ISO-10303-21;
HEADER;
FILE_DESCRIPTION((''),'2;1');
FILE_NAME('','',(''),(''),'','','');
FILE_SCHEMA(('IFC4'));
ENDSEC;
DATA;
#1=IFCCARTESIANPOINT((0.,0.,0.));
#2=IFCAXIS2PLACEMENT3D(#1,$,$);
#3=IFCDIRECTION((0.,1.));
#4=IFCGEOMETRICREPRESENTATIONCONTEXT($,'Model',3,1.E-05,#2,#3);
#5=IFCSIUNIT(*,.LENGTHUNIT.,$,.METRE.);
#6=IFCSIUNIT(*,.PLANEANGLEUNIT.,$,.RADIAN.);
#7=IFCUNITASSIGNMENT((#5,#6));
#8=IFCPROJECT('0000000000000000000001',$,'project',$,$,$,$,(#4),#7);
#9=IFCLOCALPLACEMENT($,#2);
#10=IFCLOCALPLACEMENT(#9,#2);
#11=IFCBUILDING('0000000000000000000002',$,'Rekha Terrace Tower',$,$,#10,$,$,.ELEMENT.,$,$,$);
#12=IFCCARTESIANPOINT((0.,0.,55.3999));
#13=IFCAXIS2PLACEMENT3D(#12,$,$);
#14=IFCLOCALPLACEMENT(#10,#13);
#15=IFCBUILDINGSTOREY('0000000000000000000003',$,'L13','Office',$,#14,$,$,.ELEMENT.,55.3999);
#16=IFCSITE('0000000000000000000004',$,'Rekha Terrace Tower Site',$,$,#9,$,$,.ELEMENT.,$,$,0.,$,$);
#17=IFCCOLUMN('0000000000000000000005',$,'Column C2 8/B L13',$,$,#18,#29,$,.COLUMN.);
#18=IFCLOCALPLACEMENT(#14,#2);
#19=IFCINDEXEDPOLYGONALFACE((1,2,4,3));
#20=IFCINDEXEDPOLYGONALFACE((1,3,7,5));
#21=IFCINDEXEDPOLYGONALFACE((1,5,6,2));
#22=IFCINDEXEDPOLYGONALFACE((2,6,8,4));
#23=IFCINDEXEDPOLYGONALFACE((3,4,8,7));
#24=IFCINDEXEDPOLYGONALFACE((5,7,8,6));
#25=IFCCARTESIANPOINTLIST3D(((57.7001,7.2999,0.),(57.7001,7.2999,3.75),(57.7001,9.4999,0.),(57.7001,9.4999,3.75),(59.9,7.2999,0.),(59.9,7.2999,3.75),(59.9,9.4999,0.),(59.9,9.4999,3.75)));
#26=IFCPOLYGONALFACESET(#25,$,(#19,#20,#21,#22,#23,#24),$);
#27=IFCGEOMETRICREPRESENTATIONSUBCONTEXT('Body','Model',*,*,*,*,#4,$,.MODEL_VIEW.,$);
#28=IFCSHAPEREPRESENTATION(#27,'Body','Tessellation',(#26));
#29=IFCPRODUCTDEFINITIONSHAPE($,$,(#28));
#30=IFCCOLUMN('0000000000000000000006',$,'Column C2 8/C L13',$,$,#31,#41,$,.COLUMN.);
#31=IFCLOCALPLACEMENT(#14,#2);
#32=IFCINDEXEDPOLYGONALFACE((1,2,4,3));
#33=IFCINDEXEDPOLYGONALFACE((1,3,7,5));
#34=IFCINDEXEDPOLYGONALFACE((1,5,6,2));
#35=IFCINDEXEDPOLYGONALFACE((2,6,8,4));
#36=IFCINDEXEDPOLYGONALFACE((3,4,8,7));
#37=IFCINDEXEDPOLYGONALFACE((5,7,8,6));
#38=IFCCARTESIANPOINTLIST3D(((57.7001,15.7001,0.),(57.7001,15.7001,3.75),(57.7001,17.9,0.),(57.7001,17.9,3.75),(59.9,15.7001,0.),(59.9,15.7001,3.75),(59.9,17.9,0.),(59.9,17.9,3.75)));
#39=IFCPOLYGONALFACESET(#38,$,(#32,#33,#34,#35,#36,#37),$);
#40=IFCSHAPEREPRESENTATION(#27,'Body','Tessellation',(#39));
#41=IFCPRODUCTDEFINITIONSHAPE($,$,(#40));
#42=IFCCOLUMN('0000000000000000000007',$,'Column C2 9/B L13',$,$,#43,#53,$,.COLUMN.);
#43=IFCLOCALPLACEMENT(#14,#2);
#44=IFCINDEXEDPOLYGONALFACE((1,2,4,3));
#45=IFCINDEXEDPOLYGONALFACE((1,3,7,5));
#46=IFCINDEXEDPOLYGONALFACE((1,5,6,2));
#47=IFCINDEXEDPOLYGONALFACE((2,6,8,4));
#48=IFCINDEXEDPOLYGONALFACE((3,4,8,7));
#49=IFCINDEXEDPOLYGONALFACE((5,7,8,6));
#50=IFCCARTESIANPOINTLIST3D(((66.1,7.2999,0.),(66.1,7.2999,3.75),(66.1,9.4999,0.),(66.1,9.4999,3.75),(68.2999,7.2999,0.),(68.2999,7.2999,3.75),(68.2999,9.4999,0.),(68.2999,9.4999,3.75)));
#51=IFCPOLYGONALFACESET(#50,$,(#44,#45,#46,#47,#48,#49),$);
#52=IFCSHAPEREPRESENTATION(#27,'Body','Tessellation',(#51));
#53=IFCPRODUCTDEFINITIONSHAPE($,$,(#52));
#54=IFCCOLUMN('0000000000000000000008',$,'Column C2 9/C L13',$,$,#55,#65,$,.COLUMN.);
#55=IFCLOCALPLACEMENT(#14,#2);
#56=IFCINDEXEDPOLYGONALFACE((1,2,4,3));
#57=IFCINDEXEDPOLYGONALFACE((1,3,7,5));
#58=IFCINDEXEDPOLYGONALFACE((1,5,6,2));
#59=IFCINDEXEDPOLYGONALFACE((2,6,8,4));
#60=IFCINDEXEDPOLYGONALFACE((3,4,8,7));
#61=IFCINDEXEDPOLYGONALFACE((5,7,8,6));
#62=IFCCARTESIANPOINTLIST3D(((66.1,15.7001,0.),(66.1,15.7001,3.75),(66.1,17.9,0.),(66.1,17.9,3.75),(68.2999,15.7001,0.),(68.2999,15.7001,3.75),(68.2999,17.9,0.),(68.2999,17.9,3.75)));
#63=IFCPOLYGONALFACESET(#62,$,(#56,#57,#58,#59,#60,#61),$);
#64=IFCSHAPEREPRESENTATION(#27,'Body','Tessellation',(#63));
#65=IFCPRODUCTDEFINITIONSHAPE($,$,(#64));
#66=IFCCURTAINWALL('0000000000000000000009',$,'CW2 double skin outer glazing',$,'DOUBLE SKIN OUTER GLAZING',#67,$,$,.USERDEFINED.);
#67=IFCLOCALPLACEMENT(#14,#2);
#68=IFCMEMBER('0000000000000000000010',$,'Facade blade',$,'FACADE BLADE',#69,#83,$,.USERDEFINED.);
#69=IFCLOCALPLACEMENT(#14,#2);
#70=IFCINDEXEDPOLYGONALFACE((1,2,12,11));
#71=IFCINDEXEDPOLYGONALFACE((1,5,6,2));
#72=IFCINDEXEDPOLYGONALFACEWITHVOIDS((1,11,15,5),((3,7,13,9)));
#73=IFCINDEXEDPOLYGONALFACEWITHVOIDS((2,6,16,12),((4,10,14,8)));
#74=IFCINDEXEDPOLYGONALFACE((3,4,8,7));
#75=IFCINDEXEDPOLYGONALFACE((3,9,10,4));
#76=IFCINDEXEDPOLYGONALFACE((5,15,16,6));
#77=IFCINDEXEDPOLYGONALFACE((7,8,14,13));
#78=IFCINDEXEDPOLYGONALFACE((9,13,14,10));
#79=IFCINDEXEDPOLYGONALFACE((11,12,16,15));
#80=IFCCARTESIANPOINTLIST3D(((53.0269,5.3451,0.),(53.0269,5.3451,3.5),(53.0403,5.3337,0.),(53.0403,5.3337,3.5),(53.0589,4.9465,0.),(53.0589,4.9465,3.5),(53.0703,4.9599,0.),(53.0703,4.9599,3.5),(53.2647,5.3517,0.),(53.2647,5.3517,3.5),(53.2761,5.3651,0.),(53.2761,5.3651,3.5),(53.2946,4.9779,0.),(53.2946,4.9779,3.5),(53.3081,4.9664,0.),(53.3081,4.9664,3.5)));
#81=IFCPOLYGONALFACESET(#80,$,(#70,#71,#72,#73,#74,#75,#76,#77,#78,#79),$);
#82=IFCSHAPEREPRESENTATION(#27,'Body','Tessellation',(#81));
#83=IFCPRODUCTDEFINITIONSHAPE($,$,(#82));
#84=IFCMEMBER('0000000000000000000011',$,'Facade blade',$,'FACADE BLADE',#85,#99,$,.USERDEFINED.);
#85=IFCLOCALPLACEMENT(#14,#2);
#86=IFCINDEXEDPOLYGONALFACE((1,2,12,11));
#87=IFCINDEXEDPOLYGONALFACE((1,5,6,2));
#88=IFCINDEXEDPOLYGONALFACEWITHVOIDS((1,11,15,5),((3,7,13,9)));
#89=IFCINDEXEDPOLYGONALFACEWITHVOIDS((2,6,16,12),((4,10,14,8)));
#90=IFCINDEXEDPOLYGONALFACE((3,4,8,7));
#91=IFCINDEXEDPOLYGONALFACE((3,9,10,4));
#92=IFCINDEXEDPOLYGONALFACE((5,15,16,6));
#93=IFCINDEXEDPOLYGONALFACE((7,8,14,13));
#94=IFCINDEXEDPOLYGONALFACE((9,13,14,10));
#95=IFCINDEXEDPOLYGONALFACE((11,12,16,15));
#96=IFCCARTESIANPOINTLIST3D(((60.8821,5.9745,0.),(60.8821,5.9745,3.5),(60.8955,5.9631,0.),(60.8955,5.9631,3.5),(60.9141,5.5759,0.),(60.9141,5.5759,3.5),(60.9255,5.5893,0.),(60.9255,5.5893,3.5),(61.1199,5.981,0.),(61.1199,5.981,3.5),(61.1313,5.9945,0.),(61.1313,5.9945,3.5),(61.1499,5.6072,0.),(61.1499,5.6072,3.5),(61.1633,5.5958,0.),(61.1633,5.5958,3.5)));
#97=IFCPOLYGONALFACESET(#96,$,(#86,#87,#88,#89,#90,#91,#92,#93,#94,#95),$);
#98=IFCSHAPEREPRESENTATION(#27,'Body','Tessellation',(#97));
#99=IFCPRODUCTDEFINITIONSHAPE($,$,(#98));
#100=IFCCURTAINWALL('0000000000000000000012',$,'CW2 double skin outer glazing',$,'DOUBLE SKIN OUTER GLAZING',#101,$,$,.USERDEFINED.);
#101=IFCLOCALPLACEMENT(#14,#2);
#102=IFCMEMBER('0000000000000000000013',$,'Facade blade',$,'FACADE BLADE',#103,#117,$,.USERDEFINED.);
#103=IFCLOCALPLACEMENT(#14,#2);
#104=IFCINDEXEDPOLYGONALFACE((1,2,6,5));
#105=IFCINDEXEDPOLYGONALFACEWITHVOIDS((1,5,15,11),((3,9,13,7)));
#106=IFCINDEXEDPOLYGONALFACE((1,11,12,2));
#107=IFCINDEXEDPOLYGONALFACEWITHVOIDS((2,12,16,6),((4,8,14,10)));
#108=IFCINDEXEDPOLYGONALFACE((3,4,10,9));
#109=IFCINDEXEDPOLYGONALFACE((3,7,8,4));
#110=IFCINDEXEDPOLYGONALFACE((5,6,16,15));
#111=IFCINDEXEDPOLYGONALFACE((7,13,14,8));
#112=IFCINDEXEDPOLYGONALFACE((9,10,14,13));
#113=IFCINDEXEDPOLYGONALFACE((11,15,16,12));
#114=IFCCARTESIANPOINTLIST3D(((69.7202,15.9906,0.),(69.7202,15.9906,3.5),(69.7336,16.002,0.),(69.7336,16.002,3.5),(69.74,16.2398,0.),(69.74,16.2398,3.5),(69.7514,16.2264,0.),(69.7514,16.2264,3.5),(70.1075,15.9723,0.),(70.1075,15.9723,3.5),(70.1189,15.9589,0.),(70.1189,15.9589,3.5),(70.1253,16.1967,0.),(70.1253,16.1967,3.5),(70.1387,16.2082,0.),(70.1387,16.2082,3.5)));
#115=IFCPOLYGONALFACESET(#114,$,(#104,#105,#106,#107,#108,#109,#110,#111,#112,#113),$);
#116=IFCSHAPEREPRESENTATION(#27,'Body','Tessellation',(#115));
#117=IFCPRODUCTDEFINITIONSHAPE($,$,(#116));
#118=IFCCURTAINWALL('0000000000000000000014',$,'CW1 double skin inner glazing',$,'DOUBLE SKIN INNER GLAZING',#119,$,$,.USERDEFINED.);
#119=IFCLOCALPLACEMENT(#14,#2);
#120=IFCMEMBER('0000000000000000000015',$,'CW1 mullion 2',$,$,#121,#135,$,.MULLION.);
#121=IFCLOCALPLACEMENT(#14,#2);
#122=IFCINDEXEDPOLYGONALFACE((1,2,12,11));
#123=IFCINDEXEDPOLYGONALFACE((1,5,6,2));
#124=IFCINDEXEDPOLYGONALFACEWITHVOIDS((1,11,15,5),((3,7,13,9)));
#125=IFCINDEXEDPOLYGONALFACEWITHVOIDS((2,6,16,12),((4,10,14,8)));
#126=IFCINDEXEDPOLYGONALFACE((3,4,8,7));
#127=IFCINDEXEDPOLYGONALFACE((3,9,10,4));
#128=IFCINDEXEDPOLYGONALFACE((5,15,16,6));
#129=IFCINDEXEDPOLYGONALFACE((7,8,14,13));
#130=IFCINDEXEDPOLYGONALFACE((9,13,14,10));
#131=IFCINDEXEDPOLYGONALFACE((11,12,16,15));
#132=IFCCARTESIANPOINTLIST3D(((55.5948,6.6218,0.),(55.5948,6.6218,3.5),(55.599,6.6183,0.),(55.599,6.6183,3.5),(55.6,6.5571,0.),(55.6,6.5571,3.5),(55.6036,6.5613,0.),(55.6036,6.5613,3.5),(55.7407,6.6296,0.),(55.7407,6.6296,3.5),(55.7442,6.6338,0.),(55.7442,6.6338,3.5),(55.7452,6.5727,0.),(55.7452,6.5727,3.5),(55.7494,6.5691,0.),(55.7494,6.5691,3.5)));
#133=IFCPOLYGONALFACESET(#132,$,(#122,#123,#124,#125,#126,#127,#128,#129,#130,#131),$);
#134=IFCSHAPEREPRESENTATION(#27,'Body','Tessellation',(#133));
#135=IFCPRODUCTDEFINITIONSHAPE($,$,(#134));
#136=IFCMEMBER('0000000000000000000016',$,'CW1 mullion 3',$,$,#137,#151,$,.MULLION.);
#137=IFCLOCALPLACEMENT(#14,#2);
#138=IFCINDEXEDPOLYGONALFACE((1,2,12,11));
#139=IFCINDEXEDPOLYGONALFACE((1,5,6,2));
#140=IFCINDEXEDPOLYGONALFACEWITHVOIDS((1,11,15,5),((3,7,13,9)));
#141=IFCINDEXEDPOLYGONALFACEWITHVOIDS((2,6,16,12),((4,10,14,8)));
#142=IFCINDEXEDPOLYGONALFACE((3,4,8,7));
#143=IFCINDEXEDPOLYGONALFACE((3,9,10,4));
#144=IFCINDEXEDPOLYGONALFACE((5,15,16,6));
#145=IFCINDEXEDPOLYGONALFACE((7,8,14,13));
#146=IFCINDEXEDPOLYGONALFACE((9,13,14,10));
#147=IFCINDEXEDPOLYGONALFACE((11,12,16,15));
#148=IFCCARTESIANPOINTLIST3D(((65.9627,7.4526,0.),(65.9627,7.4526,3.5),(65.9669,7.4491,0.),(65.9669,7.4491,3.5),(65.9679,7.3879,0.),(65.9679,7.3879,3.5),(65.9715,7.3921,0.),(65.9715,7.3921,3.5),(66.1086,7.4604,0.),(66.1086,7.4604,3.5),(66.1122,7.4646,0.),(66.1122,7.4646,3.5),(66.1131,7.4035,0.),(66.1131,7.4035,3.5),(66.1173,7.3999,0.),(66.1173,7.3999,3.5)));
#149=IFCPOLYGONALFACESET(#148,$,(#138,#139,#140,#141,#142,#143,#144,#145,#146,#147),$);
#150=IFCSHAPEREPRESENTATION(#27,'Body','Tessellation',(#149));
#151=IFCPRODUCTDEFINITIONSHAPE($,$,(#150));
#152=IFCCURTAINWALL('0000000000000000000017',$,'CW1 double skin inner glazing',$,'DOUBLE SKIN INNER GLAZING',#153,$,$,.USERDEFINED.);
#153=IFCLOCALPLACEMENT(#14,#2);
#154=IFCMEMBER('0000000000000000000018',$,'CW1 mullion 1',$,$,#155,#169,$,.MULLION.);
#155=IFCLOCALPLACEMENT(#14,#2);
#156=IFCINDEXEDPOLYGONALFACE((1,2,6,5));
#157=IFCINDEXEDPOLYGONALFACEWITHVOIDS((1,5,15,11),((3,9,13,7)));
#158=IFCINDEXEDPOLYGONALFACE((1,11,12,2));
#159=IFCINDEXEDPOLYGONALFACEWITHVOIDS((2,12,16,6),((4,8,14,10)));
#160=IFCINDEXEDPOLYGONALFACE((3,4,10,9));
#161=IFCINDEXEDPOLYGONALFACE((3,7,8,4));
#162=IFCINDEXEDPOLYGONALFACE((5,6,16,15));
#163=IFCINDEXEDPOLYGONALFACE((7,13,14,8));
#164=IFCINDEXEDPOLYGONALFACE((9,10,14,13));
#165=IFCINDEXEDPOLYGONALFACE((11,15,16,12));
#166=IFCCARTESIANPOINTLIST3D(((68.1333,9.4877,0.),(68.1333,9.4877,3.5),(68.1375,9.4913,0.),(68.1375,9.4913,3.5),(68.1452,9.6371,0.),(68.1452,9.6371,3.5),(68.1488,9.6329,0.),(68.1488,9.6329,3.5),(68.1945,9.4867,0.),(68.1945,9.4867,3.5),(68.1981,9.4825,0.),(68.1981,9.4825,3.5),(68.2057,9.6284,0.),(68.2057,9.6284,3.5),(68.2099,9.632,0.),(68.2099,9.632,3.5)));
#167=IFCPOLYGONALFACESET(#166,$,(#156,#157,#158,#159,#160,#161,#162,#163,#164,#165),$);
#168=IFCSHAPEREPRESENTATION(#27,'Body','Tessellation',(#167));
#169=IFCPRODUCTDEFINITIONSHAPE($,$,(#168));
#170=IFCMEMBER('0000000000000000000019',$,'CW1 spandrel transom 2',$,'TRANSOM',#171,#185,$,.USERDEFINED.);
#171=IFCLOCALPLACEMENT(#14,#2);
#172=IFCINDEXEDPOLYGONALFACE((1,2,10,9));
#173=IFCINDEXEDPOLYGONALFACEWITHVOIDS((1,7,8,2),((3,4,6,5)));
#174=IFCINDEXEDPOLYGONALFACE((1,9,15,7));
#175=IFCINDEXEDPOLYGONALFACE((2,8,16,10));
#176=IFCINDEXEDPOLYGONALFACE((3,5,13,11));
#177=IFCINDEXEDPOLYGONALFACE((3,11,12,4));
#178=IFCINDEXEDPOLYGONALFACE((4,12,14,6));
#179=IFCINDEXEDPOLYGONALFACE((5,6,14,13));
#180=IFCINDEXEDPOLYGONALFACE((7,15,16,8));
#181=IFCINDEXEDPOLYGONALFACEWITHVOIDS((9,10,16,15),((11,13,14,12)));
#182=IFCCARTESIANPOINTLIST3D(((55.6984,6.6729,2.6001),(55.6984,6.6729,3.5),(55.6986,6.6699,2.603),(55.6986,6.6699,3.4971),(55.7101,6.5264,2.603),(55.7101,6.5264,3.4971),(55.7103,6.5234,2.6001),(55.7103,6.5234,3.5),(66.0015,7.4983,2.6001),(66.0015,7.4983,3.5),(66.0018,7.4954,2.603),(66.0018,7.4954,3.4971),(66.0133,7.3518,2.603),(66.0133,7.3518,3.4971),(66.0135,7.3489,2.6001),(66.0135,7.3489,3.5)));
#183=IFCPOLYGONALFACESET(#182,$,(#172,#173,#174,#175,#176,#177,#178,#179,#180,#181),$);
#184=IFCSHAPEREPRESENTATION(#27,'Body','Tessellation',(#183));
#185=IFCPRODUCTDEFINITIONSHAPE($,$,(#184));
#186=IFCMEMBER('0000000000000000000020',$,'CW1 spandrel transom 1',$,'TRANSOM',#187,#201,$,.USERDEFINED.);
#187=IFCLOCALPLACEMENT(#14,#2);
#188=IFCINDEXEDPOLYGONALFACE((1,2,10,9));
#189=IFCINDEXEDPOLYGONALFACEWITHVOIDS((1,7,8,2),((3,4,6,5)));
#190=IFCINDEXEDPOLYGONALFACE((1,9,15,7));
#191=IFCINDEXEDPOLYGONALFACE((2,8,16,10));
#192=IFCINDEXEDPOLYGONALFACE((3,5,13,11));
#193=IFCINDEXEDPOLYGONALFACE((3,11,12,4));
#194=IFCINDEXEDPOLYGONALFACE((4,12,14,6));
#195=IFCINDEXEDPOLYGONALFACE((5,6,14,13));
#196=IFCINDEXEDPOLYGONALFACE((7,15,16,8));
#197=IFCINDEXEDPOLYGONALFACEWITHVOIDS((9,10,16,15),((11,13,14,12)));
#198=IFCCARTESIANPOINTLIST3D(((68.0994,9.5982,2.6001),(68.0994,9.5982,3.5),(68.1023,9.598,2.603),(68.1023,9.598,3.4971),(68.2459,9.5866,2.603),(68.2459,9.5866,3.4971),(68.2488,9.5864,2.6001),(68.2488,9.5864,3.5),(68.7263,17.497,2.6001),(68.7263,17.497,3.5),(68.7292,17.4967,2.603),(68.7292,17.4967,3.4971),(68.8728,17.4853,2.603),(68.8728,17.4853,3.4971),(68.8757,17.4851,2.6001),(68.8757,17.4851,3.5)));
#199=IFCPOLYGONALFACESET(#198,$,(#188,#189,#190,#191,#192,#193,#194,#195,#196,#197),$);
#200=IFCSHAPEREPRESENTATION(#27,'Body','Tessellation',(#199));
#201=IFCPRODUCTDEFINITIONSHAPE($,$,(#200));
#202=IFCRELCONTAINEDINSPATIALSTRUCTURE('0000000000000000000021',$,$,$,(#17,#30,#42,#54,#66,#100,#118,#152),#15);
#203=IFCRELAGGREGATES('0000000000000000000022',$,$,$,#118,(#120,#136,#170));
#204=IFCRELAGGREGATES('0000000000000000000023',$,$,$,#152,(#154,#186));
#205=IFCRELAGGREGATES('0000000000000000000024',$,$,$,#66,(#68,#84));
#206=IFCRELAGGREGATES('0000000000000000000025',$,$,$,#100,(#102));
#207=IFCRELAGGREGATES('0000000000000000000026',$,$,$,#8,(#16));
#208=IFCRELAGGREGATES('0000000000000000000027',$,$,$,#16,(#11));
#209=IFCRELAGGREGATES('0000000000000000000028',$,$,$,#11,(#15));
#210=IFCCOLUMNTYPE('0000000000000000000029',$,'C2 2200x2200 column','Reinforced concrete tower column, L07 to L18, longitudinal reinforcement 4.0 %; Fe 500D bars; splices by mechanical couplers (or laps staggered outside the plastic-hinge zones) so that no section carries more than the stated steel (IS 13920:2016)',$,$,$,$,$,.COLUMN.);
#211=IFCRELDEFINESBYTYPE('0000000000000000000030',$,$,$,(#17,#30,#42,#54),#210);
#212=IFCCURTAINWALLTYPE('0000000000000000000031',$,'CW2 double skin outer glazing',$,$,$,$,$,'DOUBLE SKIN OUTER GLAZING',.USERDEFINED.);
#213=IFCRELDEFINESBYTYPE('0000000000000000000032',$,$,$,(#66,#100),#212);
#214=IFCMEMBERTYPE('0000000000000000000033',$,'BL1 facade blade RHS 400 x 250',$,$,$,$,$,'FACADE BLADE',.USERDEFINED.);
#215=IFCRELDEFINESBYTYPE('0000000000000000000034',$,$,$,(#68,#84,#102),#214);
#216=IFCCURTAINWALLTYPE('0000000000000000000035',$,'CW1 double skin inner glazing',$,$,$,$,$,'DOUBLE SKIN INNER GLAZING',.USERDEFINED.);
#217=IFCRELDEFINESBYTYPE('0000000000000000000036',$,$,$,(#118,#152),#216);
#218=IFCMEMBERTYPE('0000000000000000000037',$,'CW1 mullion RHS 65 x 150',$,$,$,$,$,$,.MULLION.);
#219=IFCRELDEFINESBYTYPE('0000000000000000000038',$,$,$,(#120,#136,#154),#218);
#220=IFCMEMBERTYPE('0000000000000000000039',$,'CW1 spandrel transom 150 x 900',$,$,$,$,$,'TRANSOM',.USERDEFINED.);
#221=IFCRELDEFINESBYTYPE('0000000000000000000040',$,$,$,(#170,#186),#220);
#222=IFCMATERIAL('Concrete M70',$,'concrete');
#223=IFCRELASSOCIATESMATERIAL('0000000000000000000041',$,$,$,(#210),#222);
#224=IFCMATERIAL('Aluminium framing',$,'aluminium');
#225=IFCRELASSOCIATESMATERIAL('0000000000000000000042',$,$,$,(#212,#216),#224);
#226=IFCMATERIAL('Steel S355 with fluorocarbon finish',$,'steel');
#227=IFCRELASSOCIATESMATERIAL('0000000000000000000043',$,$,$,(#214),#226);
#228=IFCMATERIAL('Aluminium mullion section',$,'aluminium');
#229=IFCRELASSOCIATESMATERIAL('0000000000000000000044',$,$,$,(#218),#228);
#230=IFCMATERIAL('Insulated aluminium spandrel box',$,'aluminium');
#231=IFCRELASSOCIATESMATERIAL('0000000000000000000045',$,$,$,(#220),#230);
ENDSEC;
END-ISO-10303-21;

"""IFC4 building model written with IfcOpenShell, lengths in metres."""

from ifc_helpers import new_model, si_unit, direction, frame, origin, origin_2d, place, context, subcontext, project, spatial, rectangle, hollow_rectangle, extrude, material, material_profile, profile_set, type_object, element, aggregate, save


model = new_model("IFC4")

# Units and contexts
model_context = context("Model", 3, precision=1e-05, world=origin(), true_north=direction((0.0, 1.0)))
body_context = subcontext(model_context, "Body", "Model", "MODEL_VIEW")
ifc_project = project(units=[si_unit("LENGTHUNIT", "METRE"), si_unit("PLANEANGLEUNIT", "RADIAN")], contexts=[model_context])

# Site, building, storey
site_placement = place(None, origin())
site = spatial("IfcSite", under=ifc_project, at=site_placement, Name="Rekha Terrace Tower Site", CompositionType="ELEMENT", RefElevation=0.0)
building_placement = place(site_placement, origin())
building = spatial("IfcBuilding", under=site, at=building_placement, Name="Rekha Terrace Tower", CompositionType="ELEMENT")
storey_placement = place(building_placement, frame((0.0, 0.0, 55.3999)))
storey = spatial("IfcBuildingStorey", under=building, at=storey_placement, Name="L13", Description="Office", CompositionType="ELEMENT", Elevation=55.3999)

# Columns
ifc_material_1 = material(Name="Concrete M70", Category="concrete")
ifc_material_profile_1 = material_profile(ifc_material_1, rectangle(XDim=2.2, YDim=2.2, at=origin_2d()), Name="RC 2200x2200")
ifc_profile_set_1 = profile_set([ifc_material_profile_1], Name="Concrete M70")
column_type = type_object("IfcColumnType", Name="C2 2200x2200 column", Description="Reinforced concrete tower column, L07 to L18, longitudinal reinforcement 4.0 %; Fe 500D bars; splices by mechanical couplers (or laps staggered outside the plastic-hinge zones) so that no section carries more than the stated steel (IS 13920:2016)", PredefinedType="COLUMN", material=ifc_profile_set_1)
for number, where, z_axis, x_axis, name in (
    (1, (58.8, 8.3999, 0.0), (0.0, 0.0, 1.0), (1.0, 0.0, 0.0), "Column C2 8/B L13"),
    (2, (58.8, 16.8, 0.0), (0.0, 0.0, 1.0), (1.0, 0.0, 0.0), "Column C2 8/C L13"),
    (3, (67.2, 8.3999, 0.0), (0.0, 0.0, 1.0), (1.0, 0.0, 0.0), "Column C2 9/B L13"),
    (4, (67.2, 16.8, 0.0), (0.0, 0.0, 1.0), (1.0, 0.0, 0.0), "Column C2 9/C L13"),
):
    element("IfcColumn", number, at=place(storey_placement, frame(where, z_axis=z_axis, x_axis=x_axis)), inside=storey, type_object=column_type, Name=name, PredefinedType="COLUMN", context=body_context, shape_type="SweptSolid", body=[
        extrude(rectangle(XDim=2.2, YDim=2.2, at=origin_2d()), origin(), (0.0, 0.0, 1.0), 3.75),
    ])

# Curtain wall, members
ifc_material_2 = material(Name="Aluminium framing", Category="aluminium")
curtain_wall_type_1 = type_object("IfcCurtainWallType", Name="CW2 double skin outer glazing", ElementType="DOUBLE SKIN OUTER GLAZING", PredefinedType="USERDEFINED", material=ifc_material_2)
curtain_wall_1_placement = place(storey_placement, origin())
curtain_wall_1 = element("IfcCurtainWall", 5, at=curtain_wall_1_placement, inside=storey, type_object=curtain_wall_type_1, Name="CW2 double skin outer glazing", ObjectType="DOUBLE SKIN OUTER GLAZING", PredefinedType="USERDEFINED")
ifc_material_3 = material(Name="Steel S355 with fluorocarbon finish", Category="steel")
ifc_material_profile_2 = material_profile(ifc_material_3, hollow_rectangle(XDim=0.25, YDim=0.3999, WallThickness=0.0125, at=origin_2d()), Name="RHS400x250x12.5")
ifc_profile_set_2 = profile_set([ifc_material_profile_2], Name="Steel S355 with fluorocarbon finish")
member_type_1 = type_object("IfcMemberType", Name="BL1 facade blade RHS 400 x 250", ElementType="FACADE BLADE", PredefinedType="USERDEFINED", material=ifc_profile_set_2)
member_1_placement = place(storey_placement, frame((53.1675, 5.1558, 0.0), z_axis=(0.0, 0.0, 1.0), x_axis=(0.996805, 0.079872, 0.0)))
member_1 = element("IfcMember", 6, at=member_1_placement, type_object=member_type_1, Name="Facade blade", ObjectType="FACADE BLADE", PredefinedType="USERDEFINED", context=body_context, shape_type="SweptSolid", body=[
    extrude(hollow_rectangle(XDim=0.25, YDim=0.3999, WallThickness=0.0125, at=origin_2d()), origin(), (0.0, 0.0, 1.0), 3.5),
])
member_2_placement = place(storey_placement, frame((61.0227, 5.7852, 0.0), z_axis=(0.0, 0.0, 1.0), x_axis=(0.996805, 0.079872, 0.0)))
member_2 = element("IfcMember", 7, at=member_2_placement, type_object=member_type_1, Name="Facade blade", ObjectType="FACADE BLADE", PredefinedType="USERDEFINED", context=body_context, shape_type="SweptSolid", body=[
    extrude(hollow_rectangle(XDim=0.25, YDim=0.3999, WallThickness=0.0125, at=origin_2d()), origin(), (0.0, 0.0, 1.0), 3.5),
])

# Curtain wall, member
curtain_wall_2_placement = place(storey_placement, origin())
curtain_wall_2 = element("IfcCurtainWall", 8, at=curtain_wall_2_placement, inside=storey, type_object=curtain_wall_type_1, Name="CW2 double skin outer glazing", ObjectType="DOUBLE SKIN OUTER GLAZING", PredefinedType="USERDEFINED")
member_3_placement = place(storey_placement, frame((69.9294, 16.0994, 0.0), z_axis=(0.0, 0.0, 1.0), x_axis=(0.079117, 0.996865, 0.0)))
member_3 = element("IfcMember", 9, at=member_3_placement, type_object=member_type_1, Name="Facade blade", ObjectType="FACADE BLADE", PredefinedType="USERDEFINED", context=body_context, shape_type="SweptSolid", body=[
    extrude(hollow_rectangle(XDim=0.25, YDim=0.3999, WallThickness=0.0125, at=origin_2d()), origin(), (0.0, 0.0, 1.0), 3.5),
])

# Curtain wall, members
curtain_wall_type_2 = type_object("IfcCurtainWallType", Name="CW1 double skin inner glazing", ElementType="DOUBLE SKIN INNER GLAZING", PredefinedType="USERDEFINED", material=ifc_material_2)
curtain_wall_3_placement = place(storey_placement, origin())
curtain_wall_3 = element("IfcCurtainWall", 10, at=curtain_wall_3_placement, inside=storey, type_object=curtain_wall_type_2, Name="CW1 double skin inner glazing", ObjectType="DOUBLE SKIN INNER GLAZING", PredefinedType="USERDEFINED")
ifc_material_4 = material(Name="Aluminium mullion section", Category="aluminium")
ifc_material_profile_3 = material_profile(ifc_material_4, hollow_rectangle(XDim=0.0649, YDim=0.1499, WallThickness=0.0039, at=origin_2d()), Name="AL RHS 65x150")
ifc_profile_set_3 = profile_set([ifc_material_profile_3], Name="Aluminium mullion section")
member_type_2 = type_object("IfcMemberType", Name="CW1 mullion RHS 65 x 150", PredefinedType="MULLION", material=ifc_profile_set_3)
member_4_placement = place(storey_placement, frame((55.6721, 6.5955, 0.0), z_axis=(0.0, 0.0, 1.0), x_axis=(-0.079872, 0.996805, 0.0)))
member_4 = element("IfcMember", 11, at=member_4_placement, type_object=member_type_2, Name="CW1 mullion 2", PredefinedType="MULLION", context=body_context, shape_type="SweptSolid", body=[
    extrude(hollow_rectangle(XDim=0.0649, YDim=0.1499, WallThickness=0.0039, at=origin_2d()), origin(), (0.0, 0.0, 1.0), 3.5),
])
member_5_placement = place(storey_placement, frame((66.04, 7.4263, 0.0), z_axis=(0.0, 0.0, 1.0), x_axis=(-0.079872, 0.996805, 0.0)))
member_5 = element("IfcMember", 12, at=member_5_placement, type_object=member_type_2, Name="CW1 mullion 3", PredefinedType="MULLION", context=body_context, shape_type="SweptSolid", body=[
    extrude(hollow_rectangle(XDim=0.0649, YDim=0.1499, WallThickness=0.0039, at=origin_2d()), origin(), (0.0, 0.0, 1.0), 3.5),
])

# Curtain wall, member
curtain_wall_4_placement = place(storey_placement, origin())
curtain_wall_4 = element("IfcCurtainWall", 13, at=curtain_wall_4_placement, inside=storey, type_object=curtain_wall_type_2, Name="CW1 double skin inner glazing", ObjectType="DOUBLE SKIN INNER GLAZING", PredefinedType="USERDEFINED")
member_6_placement = place(storey_placement, frame((68.1716, 9.5598, 0.0), z_axis=(0.0, 0.0, 1.0), x_axis=(-0.996865, 0.079116, 0.0)))
member_6 = element("IfcMember", 14, at=member_6_placement, type_object=member_type_2, Name="CW1 mullion 1", PredefinedType="MULLION", context=body_context, shape_type="SweptSolid", body=[
    extrude(hollow_rectangle(XDim=0.0649, YDim=0.1499, WallThickness=0.0039, at=origin_2d()), origin(), (0.0, 0.0, 1.0), 3.5),
])

# Members
ifc_material_5 = material(Name="Insulated aluminium spandrel box", Category="aluminium")
ifc_material_profile_4 = material_profile(ifc_material_5, hollow_rectangle(XDim=0.1499, YDim=0.8999, WallThickness=0.0029, at=origin_2d()), Name="AL SPANDREL BOX 150x900")
ifc_profile_set_4 = profile_set([ifc_material_profile_4], Name="Insulated aluminium spandrel box")
member_type_3 = type_object("IfcMemberType", Name="CW1 spandrel transom 150 x 900", ElementType="TRANSOM", PredefinedType="USERDEFINED", material=ifc_profile_set_4)
member_7_placement = place(storey_placement, frame((55.7043, 6.5981, 3.05), z_axis=(0.996806, 0.079859, 0.0), x_axis=(-0.079859, 0.996806, 0.0)))
member_7 = element("IfcMember", 15, at=member_7_placement, type_object=member_type_3, Name="CW1 spandrel transom 2", ObjectType="TRANSOM", PredefinedType="USERDEFINED", context=body_context, shape_type="SweptSolid", body=[
    extrude(hollow_rectangle(XDim=0.1499, YDim=0.8999, WallThickness=0.0029, at=origin_2d()), origin(), (0.0, 0.0, 1.0), 10.3362),
])
member_8_placement = place(storey_placement, frame((68.1741, 9.5923, 3.05), z_axis=(0.079126, 0.996865, 0.0), x_axis=(-0.996865, 0.079126, 0.0)))
member_8 = element("IfcMember", 16, at=member_8_placement, type_object=member_type_3, Name="CW1 spandrel transom 1", ObjectType="TRANSOM", PredefinedType="USERDEFINED", context=body_context, shape_type="SweptSolid", body=[
    extrude(hollow_rectangle(XDim=0.1499, YDim=0.8999, WallThickness=0.0029, at=origin_2d()), origin(), (0.0, 0.0, 1.0), 7.9236),
])

aggregate(curtain_wall_3, [member_4, member_5, member_7])
aggregate(curtain_wall_4, [member_6, member_8])
aggregate(curtain_wall_1, [member_1, member_2])
aggregate(curtain_wall_2, [member_3])

save(model, "model.ifc")
